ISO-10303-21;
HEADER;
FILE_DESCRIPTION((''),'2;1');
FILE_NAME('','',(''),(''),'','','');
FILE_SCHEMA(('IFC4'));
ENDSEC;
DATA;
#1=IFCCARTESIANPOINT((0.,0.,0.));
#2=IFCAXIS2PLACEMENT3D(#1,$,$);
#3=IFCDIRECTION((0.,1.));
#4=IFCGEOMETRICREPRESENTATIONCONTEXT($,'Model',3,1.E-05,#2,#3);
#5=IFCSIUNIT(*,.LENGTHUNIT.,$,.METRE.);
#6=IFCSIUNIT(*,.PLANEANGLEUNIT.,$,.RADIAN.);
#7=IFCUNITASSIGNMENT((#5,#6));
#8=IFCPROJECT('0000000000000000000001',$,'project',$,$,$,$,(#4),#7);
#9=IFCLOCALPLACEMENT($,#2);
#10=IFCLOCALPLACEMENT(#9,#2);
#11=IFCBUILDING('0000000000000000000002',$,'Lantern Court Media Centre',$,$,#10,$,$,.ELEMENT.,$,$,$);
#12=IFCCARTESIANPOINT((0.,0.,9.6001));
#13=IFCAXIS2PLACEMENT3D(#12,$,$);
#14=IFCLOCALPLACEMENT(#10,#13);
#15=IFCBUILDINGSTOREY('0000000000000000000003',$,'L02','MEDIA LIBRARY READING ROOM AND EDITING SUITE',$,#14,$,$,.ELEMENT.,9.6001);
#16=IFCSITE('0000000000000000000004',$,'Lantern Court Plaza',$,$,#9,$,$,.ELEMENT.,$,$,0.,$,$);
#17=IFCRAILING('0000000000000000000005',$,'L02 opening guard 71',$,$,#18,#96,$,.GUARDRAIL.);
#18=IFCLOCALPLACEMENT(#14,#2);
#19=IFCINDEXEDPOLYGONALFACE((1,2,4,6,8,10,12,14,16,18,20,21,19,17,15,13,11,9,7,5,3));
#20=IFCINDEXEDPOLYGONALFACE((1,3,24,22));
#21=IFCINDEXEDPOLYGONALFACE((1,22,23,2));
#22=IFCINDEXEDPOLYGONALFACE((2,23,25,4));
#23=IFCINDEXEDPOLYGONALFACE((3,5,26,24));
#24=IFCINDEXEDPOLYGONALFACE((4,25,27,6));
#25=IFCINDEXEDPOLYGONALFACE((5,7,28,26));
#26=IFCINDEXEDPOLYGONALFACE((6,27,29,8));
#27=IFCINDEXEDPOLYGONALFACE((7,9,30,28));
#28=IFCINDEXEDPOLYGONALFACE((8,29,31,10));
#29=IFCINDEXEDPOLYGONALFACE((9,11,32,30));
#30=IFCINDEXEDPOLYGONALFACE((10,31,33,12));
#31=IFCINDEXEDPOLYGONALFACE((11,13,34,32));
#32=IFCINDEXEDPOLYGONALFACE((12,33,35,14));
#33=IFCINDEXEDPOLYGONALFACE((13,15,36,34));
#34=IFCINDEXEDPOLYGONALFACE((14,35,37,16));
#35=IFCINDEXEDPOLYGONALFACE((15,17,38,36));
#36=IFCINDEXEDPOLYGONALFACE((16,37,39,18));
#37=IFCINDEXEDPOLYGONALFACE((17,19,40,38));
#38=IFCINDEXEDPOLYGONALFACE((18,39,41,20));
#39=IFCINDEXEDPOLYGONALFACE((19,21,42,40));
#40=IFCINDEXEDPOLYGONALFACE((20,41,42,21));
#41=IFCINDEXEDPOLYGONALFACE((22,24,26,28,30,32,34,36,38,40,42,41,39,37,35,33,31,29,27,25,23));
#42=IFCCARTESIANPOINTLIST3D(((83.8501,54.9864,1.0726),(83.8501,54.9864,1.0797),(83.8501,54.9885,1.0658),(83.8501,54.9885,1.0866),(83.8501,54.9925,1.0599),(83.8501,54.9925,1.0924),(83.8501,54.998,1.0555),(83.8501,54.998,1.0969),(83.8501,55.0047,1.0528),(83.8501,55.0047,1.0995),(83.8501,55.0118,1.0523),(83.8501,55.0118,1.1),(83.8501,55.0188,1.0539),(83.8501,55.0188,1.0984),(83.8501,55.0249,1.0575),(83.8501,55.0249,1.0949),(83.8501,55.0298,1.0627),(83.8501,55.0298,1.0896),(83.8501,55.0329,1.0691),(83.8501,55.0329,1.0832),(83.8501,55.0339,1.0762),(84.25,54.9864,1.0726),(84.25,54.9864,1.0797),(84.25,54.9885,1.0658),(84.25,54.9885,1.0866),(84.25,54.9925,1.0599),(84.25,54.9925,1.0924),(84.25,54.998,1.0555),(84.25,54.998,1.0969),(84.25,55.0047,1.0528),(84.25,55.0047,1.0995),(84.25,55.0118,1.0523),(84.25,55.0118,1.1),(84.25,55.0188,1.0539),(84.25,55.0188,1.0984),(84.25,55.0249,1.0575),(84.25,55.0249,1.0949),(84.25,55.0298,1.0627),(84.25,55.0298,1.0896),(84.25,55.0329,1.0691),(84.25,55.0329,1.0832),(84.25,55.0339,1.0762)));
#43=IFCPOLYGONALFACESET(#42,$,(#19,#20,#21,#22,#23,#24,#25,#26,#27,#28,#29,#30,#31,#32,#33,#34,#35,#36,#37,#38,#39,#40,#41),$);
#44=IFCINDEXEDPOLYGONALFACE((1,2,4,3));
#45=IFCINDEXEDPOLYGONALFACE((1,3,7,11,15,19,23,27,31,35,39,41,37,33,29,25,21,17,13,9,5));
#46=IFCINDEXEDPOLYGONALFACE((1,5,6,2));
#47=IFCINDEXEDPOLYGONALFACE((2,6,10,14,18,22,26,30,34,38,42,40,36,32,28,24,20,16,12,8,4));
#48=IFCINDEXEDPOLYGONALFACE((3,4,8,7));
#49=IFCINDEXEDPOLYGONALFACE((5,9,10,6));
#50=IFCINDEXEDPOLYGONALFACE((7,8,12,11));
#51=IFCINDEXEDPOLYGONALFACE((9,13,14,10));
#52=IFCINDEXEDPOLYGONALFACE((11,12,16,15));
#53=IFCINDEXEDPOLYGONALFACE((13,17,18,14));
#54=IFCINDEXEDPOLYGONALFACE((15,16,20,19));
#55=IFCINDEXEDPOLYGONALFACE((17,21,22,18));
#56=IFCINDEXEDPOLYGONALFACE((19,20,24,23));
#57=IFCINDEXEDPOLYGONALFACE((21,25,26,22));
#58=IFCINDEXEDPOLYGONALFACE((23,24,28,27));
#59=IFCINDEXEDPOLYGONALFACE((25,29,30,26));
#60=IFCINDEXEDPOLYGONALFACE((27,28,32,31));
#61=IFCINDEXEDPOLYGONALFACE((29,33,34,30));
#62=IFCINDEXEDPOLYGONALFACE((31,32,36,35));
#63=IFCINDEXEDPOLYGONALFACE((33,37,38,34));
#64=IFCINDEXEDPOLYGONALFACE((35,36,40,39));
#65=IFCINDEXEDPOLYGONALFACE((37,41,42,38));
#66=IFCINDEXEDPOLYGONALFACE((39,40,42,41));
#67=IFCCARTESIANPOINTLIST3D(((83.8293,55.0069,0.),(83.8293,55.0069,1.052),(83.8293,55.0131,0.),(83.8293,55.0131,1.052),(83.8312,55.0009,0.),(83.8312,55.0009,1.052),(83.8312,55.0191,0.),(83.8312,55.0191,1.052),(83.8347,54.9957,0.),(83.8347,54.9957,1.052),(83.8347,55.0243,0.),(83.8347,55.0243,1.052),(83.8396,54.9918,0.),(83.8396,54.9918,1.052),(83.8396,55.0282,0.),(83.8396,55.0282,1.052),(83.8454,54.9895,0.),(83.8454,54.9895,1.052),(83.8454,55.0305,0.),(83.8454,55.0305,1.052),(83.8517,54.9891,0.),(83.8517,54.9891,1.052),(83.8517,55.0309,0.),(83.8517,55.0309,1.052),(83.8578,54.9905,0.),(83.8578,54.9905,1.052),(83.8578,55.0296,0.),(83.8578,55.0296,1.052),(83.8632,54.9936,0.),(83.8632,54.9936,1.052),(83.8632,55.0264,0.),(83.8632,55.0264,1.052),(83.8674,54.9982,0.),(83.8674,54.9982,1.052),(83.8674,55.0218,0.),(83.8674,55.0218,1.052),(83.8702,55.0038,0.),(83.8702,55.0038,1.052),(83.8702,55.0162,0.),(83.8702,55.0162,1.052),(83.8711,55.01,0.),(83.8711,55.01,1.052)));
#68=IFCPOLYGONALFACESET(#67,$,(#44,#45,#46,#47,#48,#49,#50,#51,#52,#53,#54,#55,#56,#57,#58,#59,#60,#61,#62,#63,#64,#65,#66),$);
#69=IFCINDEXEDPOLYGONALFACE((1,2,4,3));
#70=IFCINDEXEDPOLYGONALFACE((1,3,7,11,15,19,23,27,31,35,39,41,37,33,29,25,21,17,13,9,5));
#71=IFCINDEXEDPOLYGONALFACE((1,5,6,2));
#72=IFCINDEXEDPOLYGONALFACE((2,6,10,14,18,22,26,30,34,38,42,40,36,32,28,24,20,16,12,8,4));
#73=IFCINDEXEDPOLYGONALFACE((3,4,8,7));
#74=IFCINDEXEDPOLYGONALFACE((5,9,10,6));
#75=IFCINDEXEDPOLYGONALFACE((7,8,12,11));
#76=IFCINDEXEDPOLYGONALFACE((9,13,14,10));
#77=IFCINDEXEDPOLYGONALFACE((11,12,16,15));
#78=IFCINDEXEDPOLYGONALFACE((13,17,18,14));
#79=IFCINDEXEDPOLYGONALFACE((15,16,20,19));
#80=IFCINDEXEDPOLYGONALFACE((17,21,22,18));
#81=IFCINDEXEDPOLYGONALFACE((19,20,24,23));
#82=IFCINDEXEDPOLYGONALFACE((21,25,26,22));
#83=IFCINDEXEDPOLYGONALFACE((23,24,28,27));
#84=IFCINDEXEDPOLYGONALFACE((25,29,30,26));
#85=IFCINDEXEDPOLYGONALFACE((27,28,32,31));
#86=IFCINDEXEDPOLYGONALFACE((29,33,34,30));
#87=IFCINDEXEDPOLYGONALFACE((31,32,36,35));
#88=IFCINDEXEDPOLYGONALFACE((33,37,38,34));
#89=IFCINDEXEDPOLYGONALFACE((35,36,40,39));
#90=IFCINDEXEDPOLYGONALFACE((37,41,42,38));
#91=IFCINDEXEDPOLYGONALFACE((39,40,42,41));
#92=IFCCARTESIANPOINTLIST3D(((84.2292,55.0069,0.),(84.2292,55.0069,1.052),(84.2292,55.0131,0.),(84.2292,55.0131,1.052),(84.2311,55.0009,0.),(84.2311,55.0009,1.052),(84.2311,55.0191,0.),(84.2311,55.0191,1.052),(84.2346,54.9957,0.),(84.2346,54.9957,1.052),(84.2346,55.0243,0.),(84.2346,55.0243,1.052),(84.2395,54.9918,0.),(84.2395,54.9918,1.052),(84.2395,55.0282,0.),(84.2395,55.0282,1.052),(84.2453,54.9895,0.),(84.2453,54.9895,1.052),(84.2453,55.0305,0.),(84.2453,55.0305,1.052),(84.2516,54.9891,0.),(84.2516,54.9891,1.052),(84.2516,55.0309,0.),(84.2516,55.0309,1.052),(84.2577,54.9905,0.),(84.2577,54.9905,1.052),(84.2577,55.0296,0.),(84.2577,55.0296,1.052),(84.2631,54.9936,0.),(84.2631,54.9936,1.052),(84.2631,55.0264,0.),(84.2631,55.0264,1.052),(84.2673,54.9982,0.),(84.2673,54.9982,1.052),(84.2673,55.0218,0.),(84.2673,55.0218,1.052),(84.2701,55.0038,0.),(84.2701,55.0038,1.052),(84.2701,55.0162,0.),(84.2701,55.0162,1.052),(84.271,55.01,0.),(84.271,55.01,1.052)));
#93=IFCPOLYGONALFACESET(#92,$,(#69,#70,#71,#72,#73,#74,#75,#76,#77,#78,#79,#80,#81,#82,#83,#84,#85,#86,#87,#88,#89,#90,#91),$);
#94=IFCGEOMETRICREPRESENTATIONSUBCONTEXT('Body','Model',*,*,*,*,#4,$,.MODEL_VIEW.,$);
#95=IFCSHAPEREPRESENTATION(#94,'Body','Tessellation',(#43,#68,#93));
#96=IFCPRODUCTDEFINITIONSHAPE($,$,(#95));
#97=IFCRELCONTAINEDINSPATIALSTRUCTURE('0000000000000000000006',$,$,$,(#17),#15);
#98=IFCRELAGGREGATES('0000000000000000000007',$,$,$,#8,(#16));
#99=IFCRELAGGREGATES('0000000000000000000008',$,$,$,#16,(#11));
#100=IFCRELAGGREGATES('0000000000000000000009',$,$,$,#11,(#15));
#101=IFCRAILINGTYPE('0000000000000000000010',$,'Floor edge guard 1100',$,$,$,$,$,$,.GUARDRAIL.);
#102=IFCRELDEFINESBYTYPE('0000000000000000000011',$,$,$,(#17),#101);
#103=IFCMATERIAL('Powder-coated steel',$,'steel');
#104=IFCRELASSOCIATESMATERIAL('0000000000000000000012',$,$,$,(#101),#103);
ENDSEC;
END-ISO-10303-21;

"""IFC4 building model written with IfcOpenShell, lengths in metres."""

from ifc_helpers import new_model, si_unit, direction, frame, origin, origin_2d, place, context, subcontext, project, spatial, circle, extrude, material, type_object, element, save


model = new_model("IFC4")

# Units and contexts
model_context = context("Model", 3, precision=1e-05, world=origin(), true_north=direction((0.0, 1.0)))
body_context = subcontext(model_context, "Body", "Model", "MODEL_VIEW")
ifc_project = project(units=[si_unit("LENGTHUNIT", "METRE"), si_unit("PLANEANGLEUNIT", "RADIAN")], contexts=[model_context])

# Site, building, storey
site_placement = place(None, origin())
site = spatial("IfcSite", under=ifc_project, at=site_placement, Name="Lantern Court Plaza", CompositionType="ELEMENT", RefElevation=0.0)
building_placement = place(site_placement, origin())
building = spatial("IfcBuilding", under=site, at=building_placement, Name="Lantern Court Media Centre", CompositionType="ELEMENT")
storey_placement = place(building_placement, frame((0.0, 0.0, 9.6001)))
storey = spatial("IfcBuildingStorey", under=building, at=storey_placement, Name="L02", Description="MEDIA LIBRARY READING ROOM AND EDITING SUITE", CompositionType="ELEMENT", Elevation=9.6001)

# Railing
ifc_material_1 = material(Name="Powder-coated steel", Category="steel")
railing_type_1 = type_object("IfcRailingType", Name="Floor edge guard 1100", PredefinedType="GUARDRAIL", material=ifc_material_1)
railing_1_placement = place(storey_placement, frame((83.8501, 55.01, 0.0)))
element("IfcRailing", 1, at=railing_1_placement, inside=storey, type_object=railing_type_1, Name="L02 opening guard 71", PredefinedType="GUARDRAIL", context=body_context, shape_type="SweptSolid", body=[
    extrude(circle(Radius=0.0239, at=origin_2d()), frame((0.0, 0.0, 1.0762), z_axis=(1.0, 0.0, 0.0), x_axis=(0.0, 1.0, 0.0)), (0.0, 0.0, 1.0), 0.3999),
    extrude(circle(Radius=0.021, at=origin_2d()), origin(), (0.0, 0.0, 1.0), 1.052),
    extrude(circle(Radius=0.021, at=origin_2d()), frame((0.3999, 0.0, 0.0)), (0.0, 0.0, 1.0), 1.052),
])

save(model, "model.ifc")
